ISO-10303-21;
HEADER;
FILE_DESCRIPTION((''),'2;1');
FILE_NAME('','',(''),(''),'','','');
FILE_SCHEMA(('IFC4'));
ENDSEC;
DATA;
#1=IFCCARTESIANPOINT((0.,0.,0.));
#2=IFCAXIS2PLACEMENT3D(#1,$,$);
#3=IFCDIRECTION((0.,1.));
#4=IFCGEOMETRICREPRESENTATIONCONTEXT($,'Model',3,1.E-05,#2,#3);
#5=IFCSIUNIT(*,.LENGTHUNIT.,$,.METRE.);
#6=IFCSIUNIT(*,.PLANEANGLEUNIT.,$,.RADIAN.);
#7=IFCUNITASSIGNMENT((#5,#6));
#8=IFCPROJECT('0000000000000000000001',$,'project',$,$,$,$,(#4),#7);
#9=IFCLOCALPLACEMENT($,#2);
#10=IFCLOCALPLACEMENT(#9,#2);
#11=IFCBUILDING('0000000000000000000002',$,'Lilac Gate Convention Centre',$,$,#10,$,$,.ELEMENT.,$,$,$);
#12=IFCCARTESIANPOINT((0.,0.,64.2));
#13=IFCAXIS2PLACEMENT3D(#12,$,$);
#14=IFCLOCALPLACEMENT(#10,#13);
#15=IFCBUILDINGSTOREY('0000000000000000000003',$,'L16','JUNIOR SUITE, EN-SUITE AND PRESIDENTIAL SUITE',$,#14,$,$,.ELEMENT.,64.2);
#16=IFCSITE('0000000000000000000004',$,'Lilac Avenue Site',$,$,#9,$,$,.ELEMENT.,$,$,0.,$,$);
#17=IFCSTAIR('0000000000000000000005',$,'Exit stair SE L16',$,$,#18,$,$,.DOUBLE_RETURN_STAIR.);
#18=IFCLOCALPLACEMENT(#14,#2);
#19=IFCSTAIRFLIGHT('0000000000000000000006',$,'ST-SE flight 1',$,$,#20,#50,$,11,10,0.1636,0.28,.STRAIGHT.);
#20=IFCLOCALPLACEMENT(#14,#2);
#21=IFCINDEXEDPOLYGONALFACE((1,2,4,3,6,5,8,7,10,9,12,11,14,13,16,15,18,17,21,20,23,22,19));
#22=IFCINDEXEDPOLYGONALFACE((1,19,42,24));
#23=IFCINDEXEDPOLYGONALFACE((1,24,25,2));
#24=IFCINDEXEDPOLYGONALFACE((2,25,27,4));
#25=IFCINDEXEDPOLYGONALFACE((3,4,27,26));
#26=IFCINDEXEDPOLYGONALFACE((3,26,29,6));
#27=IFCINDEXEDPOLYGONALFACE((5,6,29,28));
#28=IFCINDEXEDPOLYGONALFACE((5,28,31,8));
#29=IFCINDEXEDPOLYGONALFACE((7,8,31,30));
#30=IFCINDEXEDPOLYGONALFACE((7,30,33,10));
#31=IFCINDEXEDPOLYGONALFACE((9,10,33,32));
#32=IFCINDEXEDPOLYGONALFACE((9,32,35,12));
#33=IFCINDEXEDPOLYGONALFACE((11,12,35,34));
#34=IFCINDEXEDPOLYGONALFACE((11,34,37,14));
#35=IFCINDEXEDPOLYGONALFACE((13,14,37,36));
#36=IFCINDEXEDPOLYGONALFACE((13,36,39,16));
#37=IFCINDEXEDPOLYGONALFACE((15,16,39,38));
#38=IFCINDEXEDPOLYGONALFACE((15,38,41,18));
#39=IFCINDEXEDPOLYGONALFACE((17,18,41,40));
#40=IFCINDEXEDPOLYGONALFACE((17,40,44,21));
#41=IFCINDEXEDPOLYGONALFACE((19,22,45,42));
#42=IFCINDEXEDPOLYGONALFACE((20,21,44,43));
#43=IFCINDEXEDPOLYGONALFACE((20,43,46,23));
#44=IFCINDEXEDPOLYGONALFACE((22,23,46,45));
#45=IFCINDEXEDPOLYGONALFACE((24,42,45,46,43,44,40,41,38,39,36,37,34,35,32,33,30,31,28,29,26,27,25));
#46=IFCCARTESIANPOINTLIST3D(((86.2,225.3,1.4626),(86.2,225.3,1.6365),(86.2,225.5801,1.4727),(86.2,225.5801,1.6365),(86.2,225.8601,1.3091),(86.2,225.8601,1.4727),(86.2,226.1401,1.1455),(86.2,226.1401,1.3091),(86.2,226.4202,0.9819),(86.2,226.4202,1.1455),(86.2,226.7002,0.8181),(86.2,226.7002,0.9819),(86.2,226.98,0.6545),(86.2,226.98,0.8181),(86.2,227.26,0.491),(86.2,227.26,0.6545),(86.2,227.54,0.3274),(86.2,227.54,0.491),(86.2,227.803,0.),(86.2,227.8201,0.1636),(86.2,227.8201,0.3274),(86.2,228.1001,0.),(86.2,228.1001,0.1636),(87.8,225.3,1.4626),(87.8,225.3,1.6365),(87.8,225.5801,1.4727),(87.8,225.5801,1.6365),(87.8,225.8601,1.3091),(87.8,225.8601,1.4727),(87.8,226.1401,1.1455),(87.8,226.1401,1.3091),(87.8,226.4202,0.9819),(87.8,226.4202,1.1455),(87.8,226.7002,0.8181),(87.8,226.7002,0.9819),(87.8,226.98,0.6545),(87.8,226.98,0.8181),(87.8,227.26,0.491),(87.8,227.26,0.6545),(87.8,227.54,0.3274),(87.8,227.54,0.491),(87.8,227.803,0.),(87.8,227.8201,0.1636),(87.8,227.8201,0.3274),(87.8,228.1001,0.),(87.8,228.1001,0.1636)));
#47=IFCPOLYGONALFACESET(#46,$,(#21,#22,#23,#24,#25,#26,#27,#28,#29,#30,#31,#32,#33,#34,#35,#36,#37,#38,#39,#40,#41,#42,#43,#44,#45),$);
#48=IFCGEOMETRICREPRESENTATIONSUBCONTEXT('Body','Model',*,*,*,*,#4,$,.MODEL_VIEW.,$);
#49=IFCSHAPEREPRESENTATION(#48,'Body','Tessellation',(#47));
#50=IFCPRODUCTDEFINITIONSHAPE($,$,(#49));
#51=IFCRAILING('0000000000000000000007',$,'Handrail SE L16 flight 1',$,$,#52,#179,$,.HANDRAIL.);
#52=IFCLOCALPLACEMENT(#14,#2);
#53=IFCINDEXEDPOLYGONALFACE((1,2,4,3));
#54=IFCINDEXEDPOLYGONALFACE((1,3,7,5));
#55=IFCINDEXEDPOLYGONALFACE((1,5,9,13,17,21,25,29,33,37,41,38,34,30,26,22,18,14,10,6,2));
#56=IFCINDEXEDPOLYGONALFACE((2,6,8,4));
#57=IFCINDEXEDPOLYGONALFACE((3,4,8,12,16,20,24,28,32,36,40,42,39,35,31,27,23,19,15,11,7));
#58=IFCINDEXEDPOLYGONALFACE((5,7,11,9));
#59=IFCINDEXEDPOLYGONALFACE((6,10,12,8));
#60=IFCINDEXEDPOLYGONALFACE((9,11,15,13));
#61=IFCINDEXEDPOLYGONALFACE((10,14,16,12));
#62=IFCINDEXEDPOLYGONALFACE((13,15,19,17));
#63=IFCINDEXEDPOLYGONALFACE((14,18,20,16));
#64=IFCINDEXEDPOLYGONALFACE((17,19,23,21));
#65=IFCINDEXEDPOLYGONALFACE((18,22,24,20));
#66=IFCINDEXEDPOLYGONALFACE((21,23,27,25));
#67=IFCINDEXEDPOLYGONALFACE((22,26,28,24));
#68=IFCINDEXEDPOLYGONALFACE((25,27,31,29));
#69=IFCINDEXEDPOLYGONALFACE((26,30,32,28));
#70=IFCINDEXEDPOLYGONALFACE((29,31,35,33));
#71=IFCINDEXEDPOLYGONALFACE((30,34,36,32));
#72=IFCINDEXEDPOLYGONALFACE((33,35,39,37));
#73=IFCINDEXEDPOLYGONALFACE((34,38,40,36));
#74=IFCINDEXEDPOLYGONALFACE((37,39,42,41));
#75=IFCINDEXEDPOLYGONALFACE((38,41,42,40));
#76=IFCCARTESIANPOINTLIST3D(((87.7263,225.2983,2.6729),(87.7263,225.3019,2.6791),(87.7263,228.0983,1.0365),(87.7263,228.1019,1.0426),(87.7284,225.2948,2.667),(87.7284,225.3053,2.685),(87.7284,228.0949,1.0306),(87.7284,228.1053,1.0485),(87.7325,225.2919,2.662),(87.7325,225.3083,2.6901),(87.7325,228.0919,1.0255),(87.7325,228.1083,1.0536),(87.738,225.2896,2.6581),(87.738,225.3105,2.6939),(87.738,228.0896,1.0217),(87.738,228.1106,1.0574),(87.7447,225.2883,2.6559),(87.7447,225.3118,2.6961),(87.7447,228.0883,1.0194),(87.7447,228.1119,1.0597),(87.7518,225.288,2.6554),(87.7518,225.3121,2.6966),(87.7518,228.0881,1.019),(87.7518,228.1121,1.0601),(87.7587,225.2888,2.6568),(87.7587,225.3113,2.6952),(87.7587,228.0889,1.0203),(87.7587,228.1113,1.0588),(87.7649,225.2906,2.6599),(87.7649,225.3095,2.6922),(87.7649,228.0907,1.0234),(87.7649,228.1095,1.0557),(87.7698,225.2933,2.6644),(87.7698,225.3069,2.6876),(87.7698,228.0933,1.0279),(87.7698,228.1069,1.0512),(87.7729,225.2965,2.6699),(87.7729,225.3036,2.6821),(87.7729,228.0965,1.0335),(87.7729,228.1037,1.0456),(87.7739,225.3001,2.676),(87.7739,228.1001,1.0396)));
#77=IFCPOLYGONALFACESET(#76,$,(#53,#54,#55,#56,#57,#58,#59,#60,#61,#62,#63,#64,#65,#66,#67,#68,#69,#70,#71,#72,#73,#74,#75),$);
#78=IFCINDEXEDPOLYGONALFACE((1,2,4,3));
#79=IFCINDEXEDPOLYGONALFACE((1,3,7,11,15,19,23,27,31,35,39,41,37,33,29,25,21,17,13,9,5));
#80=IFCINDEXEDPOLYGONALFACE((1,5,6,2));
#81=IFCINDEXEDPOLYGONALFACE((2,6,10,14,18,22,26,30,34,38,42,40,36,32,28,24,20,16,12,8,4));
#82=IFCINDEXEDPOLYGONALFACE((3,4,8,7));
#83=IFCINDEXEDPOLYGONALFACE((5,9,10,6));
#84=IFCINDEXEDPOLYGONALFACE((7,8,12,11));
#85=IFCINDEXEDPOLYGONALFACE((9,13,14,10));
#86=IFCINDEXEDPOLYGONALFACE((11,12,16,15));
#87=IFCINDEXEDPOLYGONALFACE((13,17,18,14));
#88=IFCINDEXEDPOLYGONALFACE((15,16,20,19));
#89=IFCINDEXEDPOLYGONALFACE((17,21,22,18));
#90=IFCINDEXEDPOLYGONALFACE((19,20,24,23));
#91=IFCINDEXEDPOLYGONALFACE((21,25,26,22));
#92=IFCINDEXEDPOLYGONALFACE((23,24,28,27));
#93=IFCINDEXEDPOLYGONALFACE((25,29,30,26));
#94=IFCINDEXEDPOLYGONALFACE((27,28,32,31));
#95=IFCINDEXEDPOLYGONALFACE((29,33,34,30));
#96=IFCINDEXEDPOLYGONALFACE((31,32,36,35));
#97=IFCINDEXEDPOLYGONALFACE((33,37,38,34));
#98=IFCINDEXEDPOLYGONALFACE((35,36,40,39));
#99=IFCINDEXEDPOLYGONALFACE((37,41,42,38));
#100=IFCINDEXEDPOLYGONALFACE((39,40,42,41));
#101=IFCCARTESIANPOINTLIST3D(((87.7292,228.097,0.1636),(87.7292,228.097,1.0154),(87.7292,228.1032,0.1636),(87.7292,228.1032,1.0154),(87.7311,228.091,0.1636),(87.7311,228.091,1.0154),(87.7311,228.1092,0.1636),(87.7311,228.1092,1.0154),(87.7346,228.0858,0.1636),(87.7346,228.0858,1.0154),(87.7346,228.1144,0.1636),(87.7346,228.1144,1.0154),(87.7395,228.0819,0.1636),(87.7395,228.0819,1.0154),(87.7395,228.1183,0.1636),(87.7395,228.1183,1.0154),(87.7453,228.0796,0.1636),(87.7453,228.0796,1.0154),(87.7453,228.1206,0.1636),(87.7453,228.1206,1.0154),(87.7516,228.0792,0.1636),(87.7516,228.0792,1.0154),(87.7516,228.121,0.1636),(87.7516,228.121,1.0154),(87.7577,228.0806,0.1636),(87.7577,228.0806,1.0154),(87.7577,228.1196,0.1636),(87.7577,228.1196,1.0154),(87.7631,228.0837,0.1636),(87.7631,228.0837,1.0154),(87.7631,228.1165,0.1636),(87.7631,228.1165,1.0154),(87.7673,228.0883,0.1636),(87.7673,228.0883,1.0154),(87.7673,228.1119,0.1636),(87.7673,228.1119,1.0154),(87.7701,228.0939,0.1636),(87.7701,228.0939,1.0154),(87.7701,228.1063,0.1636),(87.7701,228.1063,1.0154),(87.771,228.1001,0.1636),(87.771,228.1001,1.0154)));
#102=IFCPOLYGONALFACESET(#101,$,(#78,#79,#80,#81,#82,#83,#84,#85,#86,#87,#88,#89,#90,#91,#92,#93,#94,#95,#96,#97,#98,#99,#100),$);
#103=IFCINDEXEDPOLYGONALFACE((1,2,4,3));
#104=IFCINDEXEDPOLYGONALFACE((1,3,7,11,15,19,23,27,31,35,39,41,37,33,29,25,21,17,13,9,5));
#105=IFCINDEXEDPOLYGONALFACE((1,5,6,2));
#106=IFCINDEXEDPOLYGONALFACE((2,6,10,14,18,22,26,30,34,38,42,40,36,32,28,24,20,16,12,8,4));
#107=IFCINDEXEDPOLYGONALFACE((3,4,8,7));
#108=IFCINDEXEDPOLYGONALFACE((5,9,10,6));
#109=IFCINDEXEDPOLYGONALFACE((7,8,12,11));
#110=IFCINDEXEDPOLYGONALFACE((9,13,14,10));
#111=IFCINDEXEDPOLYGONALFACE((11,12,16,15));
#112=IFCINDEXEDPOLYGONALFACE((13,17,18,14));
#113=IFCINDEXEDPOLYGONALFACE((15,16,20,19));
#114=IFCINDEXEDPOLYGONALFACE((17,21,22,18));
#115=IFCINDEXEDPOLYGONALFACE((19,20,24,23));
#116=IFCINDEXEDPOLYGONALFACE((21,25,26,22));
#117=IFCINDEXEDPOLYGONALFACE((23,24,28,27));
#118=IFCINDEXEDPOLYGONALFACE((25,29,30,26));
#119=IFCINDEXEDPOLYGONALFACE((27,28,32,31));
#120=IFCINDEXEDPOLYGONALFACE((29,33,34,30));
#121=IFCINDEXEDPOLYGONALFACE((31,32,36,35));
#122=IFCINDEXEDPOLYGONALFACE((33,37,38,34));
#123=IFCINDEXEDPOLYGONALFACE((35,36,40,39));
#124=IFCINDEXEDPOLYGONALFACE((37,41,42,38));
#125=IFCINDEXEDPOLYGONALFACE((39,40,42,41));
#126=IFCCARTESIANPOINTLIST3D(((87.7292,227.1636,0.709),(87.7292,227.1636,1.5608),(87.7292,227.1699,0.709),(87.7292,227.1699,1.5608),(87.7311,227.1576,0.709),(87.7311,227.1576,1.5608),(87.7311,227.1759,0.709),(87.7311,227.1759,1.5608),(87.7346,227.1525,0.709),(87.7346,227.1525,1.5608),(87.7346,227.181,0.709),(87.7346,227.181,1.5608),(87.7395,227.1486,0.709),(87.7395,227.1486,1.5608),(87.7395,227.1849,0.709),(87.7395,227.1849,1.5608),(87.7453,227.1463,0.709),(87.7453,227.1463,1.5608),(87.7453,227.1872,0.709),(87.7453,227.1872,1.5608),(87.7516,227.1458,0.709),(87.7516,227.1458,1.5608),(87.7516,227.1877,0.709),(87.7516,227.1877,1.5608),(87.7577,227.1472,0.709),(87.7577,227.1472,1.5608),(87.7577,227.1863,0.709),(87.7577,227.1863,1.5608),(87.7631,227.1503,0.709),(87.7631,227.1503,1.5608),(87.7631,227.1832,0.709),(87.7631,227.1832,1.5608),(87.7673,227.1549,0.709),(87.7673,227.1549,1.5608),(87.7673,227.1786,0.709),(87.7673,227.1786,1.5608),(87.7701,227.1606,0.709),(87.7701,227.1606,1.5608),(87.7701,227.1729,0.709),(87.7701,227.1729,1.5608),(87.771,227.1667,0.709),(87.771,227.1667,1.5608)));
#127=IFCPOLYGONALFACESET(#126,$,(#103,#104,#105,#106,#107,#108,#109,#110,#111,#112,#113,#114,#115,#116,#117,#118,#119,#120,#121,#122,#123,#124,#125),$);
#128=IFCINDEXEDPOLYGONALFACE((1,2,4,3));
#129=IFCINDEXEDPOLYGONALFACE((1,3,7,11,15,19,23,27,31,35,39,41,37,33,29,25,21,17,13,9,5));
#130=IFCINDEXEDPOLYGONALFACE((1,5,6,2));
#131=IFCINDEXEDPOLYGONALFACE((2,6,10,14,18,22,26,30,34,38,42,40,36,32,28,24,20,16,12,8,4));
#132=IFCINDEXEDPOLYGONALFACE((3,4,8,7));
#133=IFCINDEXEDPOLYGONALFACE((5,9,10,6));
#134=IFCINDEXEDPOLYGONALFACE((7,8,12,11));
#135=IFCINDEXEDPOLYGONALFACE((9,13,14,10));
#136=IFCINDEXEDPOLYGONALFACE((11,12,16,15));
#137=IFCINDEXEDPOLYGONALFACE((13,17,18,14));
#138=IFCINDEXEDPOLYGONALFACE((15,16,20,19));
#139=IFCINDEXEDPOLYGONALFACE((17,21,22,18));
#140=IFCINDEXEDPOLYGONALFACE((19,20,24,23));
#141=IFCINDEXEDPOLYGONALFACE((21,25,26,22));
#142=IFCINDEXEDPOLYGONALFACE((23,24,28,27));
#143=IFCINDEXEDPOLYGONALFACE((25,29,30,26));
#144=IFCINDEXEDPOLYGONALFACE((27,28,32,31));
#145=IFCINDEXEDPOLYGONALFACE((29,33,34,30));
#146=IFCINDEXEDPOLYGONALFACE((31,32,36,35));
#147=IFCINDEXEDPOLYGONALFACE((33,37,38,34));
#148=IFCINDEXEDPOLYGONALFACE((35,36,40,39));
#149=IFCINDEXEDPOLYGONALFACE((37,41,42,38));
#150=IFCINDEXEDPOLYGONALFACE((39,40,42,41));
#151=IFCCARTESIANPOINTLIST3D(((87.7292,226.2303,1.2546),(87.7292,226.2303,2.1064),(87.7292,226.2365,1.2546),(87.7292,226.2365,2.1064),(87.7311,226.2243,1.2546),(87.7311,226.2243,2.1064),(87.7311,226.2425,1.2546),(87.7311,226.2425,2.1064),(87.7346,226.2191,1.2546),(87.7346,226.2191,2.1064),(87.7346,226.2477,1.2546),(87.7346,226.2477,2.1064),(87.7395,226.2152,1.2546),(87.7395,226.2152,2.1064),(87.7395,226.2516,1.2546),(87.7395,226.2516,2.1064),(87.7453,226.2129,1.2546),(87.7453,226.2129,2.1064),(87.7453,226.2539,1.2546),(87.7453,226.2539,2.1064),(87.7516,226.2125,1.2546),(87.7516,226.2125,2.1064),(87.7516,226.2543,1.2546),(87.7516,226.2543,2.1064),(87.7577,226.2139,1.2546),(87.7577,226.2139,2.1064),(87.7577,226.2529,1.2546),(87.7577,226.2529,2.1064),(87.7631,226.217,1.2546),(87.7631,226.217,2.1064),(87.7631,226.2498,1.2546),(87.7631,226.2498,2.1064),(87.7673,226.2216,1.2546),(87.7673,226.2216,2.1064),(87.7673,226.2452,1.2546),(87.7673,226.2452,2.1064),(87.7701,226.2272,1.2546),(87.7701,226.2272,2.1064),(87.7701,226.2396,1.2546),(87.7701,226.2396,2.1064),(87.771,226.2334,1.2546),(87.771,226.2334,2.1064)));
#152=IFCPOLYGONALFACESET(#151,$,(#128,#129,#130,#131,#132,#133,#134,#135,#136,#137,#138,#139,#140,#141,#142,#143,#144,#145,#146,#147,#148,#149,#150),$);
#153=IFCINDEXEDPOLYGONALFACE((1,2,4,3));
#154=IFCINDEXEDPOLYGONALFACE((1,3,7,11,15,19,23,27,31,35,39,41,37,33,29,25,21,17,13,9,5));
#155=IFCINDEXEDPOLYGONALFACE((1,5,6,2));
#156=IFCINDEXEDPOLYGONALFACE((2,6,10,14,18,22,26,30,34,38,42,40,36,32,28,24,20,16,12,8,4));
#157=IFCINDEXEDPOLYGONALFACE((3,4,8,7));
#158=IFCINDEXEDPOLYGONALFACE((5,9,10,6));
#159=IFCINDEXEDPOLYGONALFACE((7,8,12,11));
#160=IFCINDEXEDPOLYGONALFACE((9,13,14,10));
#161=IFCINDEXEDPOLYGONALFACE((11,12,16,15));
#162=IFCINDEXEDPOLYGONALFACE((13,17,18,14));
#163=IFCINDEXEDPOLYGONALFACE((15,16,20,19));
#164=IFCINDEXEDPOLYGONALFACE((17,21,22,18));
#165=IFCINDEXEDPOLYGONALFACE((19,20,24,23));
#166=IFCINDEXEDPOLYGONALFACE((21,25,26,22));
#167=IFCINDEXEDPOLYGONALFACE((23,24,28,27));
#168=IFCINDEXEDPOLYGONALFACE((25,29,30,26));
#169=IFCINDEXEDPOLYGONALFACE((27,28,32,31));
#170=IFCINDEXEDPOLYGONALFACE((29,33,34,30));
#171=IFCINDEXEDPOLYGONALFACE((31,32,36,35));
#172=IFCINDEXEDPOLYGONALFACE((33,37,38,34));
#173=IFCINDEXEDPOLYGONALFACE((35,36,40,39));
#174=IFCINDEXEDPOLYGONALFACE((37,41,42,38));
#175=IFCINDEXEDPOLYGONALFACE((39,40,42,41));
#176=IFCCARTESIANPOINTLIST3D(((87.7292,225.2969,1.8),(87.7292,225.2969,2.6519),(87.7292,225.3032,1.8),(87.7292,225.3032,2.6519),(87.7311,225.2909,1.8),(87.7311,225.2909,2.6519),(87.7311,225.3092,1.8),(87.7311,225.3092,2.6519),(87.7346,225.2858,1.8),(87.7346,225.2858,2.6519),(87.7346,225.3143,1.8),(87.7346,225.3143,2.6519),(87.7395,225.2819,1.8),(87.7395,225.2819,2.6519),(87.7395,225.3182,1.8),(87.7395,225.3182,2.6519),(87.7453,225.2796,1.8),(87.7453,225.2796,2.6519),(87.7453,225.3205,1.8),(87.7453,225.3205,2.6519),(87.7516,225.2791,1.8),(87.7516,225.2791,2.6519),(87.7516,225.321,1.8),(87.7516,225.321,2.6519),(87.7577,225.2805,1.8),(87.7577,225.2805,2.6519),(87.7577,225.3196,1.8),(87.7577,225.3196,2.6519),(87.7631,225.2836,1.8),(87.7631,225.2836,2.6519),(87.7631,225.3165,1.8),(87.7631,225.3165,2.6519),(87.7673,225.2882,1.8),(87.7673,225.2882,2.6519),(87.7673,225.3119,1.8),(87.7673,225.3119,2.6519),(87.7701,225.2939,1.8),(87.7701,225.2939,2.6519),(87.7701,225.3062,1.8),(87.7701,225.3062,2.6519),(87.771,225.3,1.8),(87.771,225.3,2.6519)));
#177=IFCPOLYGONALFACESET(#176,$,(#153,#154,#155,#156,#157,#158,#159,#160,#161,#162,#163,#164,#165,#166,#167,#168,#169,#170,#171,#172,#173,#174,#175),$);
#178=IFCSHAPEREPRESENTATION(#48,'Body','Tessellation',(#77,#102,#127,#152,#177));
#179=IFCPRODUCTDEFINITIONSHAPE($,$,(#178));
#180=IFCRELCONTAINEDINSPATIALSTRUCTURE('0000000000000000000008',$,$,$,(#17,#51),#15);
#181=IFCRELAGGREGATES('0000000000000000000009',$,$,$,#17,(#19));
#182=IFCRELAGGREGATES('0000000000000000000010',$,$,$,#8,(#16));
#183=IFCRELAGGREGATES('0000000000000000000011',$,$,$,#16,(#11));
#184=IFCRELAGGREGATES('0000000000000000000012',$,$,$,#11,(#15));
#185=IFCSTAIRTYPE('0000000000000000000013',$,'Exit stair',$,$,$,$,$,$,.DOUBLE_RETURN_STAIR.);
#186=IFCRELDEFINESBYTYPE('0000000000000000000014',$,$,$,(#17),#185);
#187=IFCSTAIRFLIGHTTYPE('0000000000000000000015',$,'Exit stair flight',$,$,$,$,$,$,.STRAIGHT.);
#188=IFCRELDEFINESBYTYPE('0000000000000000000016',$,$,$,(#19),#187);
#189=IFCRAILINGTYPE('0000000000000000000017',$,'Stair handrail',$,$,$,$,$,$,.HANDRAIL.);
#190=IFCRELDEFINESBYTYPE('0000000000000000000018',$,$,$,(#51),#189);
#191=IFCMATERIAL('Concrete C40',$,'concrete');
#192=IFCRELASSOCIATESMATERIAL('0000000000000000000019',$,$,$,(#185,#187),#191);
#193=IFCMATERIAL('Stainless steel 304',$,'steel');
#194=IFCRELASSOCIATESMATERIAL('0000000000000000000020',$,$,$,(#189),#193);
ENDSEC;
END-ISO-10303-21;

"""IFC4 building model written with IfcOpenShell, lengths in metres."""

from ifc_helpers import new_model, si_unit, direction, frame, origin, origin_2d, place, context, subcontext, project, spatial, polyline, circle, outline, extrude, material, type_object, element, aggregate, save


model = new_model("IFC4")

# Units and contexts
model_context = context("Model", 3, precision=1e-05, world=origin(), true_north=direction((0.0, 1.0)))
body_context = subcontext(model_context, "Body", "Model", "MODEL_VIEW")
ifc_project = project(units=[si_unit("LENGTHUNIT", "METRE"), si_unit("PLANEANGLEUNIT", "RADIAN")], contexts=[model_context])

# Site, building, storey
site_placement = place(None, origin())
site = spatial("IfcSite", under=ifc_project, at=site_placement, Name="Lilac Avenue Site", CompositionType="ELEMENT", RefElevation=0.0)
building_placement = place(site_placement, origin())
building = spatial("IfcBuilding", under=site, at=building_placement, Name="Lilac Gate Convention Centre", CompositionType="ELEMENT")
storey_placement = place(building_placement, frame((0.0, 0.0, 64.2)))
storey = spatial("IfcBuildingStorey", under=building, at=storey_placement, Name="L16", Description="JUNIOR SUITE, EN-SUITE AND PRESIDENTIAL SUITE", CompositionType="ELEMENT", Elevation=64.2)

# Shared definitions
ifc_material_1 = material(Name="Concrete C40", Category="concrete")

# Stair, stair flight
stair_type = type_object("IfcStairType", Name="Exit stair", PredefinedType="DOUBLE_RETURN_STAIR", material=ifc_material_1)
stair_placement = place(storey_placement, origin())
stair = element("IfcStair", 1, at=stair_placement, inside=storey, type_object=stair_type, Name="Exit stair SE L16", PredefinedType="DOUBLE_RETURN_STAIR")
stair_flight_type = type_object("IfcStairFlightType", Name="Exit stair flight", PredefinedType="STRAIGHT", material=ifc_material_1)
stair_flight_placement = place(storey_placement, frame((87.0, 228.1001, 0.0), z_axis=(0.0, 0.0, 1.0), x_axis=(0.0, -1.0, 0.0)))
stair_flight = element("IfcStairFlight", 2, at=stair_flight_placement, type_object=stair_flight_type, Name="ST-SE flight 1", NumberOfRisers=11, NumberOfTreads=10, PredefinedType="STRAIGHT", RiserHeight=0.1636, TreadLength=0.28, context=body_context, shape_type="SweptSolid", body=[
    extrude(outline(polyline([(0.0, 0.0), (0.0, 0.1636), (0.28, 0.1636), (0.28, 0.3274), (0.5601, 0.3274), (0.5601, 0.491), (0.8401, 0.491), (0.8401, 0.6545), (1.1201, 0.6545), (1.1201, 0.8181), (1.3999, 0.8181), (1.3999, 0.9819), (1.6799, 0.9819), (1.6799, 1.1455), (1.96, 1.1455), (1.96, 1.3091), (2.24, 1.3091), (2.24, 1.4727), (2.52, 1.4727), (2.52, 1.6365), (2.8, 1.6365), (2.8, 1.8), (2.8, 1.4626), (0.2971, 0.0), (0.0, 0.0)])), frame((0.0, 0.8, 0.0), z_axis=(0.0, -1.0, 0.0), x_axis=(1.0, 0.0, 0.0)), (0.0, 0.0, 1.0), 1.6001),
])
aggregate(stair, [stair_flight])

# Railing
ifc_material_2 = material(Name="Stainless steel 304", Category="steel")
railing_type = type_object("IfcRailingType", Name="Stair handrail", PredefinedType="HANDRAIL", material=ifc_material_2)
for number, where, name in (
    (3, (87.75, 228.1001, 0.1636), "Handrail SE L16 flight 1"),
):
    element("IfcRailing", number, at=place(storey_placement, frame(where)), inside=storey, type_object=railing_type, Name=name, PredefinedType="HANDRAIL", context=body_context, shape_type="SweptSolid", body=[
        extrude(circle(Radius=0.0239, at=origin_2d()), frame((0.0, 0.0, 0.876), z_axis=(0.0, -0.863361, 0.504587), x_axis=(1.0, 0.0, 0.0)), (0.0, 0.0, 1.0), 3.2432),
        extrude(circle(Radius=0.021, at=origin_2d()), origin(), (0.0, 0.0, 1.0), 0.8518),
        extrude(circle(Radius=0.021, at=origin_2d()), frame((0.0, -0.9333, 0.5454)), (0.0, 0.0, 1.0), 0.8518),
        extrude(circle(Radius=0.021, at=origin_2d()), frame((0.0, -1.8667, 1.0911)), (0.0, 0.0, 1.0), 0.8518),
        extrude(circle(Radius=0.021, at=origin_2d()), frame((0.0, -2.8, 1.6365)), (0.0, 0.0, 1.0), 0.8518),
    ])

save(model, "model.ifc")
